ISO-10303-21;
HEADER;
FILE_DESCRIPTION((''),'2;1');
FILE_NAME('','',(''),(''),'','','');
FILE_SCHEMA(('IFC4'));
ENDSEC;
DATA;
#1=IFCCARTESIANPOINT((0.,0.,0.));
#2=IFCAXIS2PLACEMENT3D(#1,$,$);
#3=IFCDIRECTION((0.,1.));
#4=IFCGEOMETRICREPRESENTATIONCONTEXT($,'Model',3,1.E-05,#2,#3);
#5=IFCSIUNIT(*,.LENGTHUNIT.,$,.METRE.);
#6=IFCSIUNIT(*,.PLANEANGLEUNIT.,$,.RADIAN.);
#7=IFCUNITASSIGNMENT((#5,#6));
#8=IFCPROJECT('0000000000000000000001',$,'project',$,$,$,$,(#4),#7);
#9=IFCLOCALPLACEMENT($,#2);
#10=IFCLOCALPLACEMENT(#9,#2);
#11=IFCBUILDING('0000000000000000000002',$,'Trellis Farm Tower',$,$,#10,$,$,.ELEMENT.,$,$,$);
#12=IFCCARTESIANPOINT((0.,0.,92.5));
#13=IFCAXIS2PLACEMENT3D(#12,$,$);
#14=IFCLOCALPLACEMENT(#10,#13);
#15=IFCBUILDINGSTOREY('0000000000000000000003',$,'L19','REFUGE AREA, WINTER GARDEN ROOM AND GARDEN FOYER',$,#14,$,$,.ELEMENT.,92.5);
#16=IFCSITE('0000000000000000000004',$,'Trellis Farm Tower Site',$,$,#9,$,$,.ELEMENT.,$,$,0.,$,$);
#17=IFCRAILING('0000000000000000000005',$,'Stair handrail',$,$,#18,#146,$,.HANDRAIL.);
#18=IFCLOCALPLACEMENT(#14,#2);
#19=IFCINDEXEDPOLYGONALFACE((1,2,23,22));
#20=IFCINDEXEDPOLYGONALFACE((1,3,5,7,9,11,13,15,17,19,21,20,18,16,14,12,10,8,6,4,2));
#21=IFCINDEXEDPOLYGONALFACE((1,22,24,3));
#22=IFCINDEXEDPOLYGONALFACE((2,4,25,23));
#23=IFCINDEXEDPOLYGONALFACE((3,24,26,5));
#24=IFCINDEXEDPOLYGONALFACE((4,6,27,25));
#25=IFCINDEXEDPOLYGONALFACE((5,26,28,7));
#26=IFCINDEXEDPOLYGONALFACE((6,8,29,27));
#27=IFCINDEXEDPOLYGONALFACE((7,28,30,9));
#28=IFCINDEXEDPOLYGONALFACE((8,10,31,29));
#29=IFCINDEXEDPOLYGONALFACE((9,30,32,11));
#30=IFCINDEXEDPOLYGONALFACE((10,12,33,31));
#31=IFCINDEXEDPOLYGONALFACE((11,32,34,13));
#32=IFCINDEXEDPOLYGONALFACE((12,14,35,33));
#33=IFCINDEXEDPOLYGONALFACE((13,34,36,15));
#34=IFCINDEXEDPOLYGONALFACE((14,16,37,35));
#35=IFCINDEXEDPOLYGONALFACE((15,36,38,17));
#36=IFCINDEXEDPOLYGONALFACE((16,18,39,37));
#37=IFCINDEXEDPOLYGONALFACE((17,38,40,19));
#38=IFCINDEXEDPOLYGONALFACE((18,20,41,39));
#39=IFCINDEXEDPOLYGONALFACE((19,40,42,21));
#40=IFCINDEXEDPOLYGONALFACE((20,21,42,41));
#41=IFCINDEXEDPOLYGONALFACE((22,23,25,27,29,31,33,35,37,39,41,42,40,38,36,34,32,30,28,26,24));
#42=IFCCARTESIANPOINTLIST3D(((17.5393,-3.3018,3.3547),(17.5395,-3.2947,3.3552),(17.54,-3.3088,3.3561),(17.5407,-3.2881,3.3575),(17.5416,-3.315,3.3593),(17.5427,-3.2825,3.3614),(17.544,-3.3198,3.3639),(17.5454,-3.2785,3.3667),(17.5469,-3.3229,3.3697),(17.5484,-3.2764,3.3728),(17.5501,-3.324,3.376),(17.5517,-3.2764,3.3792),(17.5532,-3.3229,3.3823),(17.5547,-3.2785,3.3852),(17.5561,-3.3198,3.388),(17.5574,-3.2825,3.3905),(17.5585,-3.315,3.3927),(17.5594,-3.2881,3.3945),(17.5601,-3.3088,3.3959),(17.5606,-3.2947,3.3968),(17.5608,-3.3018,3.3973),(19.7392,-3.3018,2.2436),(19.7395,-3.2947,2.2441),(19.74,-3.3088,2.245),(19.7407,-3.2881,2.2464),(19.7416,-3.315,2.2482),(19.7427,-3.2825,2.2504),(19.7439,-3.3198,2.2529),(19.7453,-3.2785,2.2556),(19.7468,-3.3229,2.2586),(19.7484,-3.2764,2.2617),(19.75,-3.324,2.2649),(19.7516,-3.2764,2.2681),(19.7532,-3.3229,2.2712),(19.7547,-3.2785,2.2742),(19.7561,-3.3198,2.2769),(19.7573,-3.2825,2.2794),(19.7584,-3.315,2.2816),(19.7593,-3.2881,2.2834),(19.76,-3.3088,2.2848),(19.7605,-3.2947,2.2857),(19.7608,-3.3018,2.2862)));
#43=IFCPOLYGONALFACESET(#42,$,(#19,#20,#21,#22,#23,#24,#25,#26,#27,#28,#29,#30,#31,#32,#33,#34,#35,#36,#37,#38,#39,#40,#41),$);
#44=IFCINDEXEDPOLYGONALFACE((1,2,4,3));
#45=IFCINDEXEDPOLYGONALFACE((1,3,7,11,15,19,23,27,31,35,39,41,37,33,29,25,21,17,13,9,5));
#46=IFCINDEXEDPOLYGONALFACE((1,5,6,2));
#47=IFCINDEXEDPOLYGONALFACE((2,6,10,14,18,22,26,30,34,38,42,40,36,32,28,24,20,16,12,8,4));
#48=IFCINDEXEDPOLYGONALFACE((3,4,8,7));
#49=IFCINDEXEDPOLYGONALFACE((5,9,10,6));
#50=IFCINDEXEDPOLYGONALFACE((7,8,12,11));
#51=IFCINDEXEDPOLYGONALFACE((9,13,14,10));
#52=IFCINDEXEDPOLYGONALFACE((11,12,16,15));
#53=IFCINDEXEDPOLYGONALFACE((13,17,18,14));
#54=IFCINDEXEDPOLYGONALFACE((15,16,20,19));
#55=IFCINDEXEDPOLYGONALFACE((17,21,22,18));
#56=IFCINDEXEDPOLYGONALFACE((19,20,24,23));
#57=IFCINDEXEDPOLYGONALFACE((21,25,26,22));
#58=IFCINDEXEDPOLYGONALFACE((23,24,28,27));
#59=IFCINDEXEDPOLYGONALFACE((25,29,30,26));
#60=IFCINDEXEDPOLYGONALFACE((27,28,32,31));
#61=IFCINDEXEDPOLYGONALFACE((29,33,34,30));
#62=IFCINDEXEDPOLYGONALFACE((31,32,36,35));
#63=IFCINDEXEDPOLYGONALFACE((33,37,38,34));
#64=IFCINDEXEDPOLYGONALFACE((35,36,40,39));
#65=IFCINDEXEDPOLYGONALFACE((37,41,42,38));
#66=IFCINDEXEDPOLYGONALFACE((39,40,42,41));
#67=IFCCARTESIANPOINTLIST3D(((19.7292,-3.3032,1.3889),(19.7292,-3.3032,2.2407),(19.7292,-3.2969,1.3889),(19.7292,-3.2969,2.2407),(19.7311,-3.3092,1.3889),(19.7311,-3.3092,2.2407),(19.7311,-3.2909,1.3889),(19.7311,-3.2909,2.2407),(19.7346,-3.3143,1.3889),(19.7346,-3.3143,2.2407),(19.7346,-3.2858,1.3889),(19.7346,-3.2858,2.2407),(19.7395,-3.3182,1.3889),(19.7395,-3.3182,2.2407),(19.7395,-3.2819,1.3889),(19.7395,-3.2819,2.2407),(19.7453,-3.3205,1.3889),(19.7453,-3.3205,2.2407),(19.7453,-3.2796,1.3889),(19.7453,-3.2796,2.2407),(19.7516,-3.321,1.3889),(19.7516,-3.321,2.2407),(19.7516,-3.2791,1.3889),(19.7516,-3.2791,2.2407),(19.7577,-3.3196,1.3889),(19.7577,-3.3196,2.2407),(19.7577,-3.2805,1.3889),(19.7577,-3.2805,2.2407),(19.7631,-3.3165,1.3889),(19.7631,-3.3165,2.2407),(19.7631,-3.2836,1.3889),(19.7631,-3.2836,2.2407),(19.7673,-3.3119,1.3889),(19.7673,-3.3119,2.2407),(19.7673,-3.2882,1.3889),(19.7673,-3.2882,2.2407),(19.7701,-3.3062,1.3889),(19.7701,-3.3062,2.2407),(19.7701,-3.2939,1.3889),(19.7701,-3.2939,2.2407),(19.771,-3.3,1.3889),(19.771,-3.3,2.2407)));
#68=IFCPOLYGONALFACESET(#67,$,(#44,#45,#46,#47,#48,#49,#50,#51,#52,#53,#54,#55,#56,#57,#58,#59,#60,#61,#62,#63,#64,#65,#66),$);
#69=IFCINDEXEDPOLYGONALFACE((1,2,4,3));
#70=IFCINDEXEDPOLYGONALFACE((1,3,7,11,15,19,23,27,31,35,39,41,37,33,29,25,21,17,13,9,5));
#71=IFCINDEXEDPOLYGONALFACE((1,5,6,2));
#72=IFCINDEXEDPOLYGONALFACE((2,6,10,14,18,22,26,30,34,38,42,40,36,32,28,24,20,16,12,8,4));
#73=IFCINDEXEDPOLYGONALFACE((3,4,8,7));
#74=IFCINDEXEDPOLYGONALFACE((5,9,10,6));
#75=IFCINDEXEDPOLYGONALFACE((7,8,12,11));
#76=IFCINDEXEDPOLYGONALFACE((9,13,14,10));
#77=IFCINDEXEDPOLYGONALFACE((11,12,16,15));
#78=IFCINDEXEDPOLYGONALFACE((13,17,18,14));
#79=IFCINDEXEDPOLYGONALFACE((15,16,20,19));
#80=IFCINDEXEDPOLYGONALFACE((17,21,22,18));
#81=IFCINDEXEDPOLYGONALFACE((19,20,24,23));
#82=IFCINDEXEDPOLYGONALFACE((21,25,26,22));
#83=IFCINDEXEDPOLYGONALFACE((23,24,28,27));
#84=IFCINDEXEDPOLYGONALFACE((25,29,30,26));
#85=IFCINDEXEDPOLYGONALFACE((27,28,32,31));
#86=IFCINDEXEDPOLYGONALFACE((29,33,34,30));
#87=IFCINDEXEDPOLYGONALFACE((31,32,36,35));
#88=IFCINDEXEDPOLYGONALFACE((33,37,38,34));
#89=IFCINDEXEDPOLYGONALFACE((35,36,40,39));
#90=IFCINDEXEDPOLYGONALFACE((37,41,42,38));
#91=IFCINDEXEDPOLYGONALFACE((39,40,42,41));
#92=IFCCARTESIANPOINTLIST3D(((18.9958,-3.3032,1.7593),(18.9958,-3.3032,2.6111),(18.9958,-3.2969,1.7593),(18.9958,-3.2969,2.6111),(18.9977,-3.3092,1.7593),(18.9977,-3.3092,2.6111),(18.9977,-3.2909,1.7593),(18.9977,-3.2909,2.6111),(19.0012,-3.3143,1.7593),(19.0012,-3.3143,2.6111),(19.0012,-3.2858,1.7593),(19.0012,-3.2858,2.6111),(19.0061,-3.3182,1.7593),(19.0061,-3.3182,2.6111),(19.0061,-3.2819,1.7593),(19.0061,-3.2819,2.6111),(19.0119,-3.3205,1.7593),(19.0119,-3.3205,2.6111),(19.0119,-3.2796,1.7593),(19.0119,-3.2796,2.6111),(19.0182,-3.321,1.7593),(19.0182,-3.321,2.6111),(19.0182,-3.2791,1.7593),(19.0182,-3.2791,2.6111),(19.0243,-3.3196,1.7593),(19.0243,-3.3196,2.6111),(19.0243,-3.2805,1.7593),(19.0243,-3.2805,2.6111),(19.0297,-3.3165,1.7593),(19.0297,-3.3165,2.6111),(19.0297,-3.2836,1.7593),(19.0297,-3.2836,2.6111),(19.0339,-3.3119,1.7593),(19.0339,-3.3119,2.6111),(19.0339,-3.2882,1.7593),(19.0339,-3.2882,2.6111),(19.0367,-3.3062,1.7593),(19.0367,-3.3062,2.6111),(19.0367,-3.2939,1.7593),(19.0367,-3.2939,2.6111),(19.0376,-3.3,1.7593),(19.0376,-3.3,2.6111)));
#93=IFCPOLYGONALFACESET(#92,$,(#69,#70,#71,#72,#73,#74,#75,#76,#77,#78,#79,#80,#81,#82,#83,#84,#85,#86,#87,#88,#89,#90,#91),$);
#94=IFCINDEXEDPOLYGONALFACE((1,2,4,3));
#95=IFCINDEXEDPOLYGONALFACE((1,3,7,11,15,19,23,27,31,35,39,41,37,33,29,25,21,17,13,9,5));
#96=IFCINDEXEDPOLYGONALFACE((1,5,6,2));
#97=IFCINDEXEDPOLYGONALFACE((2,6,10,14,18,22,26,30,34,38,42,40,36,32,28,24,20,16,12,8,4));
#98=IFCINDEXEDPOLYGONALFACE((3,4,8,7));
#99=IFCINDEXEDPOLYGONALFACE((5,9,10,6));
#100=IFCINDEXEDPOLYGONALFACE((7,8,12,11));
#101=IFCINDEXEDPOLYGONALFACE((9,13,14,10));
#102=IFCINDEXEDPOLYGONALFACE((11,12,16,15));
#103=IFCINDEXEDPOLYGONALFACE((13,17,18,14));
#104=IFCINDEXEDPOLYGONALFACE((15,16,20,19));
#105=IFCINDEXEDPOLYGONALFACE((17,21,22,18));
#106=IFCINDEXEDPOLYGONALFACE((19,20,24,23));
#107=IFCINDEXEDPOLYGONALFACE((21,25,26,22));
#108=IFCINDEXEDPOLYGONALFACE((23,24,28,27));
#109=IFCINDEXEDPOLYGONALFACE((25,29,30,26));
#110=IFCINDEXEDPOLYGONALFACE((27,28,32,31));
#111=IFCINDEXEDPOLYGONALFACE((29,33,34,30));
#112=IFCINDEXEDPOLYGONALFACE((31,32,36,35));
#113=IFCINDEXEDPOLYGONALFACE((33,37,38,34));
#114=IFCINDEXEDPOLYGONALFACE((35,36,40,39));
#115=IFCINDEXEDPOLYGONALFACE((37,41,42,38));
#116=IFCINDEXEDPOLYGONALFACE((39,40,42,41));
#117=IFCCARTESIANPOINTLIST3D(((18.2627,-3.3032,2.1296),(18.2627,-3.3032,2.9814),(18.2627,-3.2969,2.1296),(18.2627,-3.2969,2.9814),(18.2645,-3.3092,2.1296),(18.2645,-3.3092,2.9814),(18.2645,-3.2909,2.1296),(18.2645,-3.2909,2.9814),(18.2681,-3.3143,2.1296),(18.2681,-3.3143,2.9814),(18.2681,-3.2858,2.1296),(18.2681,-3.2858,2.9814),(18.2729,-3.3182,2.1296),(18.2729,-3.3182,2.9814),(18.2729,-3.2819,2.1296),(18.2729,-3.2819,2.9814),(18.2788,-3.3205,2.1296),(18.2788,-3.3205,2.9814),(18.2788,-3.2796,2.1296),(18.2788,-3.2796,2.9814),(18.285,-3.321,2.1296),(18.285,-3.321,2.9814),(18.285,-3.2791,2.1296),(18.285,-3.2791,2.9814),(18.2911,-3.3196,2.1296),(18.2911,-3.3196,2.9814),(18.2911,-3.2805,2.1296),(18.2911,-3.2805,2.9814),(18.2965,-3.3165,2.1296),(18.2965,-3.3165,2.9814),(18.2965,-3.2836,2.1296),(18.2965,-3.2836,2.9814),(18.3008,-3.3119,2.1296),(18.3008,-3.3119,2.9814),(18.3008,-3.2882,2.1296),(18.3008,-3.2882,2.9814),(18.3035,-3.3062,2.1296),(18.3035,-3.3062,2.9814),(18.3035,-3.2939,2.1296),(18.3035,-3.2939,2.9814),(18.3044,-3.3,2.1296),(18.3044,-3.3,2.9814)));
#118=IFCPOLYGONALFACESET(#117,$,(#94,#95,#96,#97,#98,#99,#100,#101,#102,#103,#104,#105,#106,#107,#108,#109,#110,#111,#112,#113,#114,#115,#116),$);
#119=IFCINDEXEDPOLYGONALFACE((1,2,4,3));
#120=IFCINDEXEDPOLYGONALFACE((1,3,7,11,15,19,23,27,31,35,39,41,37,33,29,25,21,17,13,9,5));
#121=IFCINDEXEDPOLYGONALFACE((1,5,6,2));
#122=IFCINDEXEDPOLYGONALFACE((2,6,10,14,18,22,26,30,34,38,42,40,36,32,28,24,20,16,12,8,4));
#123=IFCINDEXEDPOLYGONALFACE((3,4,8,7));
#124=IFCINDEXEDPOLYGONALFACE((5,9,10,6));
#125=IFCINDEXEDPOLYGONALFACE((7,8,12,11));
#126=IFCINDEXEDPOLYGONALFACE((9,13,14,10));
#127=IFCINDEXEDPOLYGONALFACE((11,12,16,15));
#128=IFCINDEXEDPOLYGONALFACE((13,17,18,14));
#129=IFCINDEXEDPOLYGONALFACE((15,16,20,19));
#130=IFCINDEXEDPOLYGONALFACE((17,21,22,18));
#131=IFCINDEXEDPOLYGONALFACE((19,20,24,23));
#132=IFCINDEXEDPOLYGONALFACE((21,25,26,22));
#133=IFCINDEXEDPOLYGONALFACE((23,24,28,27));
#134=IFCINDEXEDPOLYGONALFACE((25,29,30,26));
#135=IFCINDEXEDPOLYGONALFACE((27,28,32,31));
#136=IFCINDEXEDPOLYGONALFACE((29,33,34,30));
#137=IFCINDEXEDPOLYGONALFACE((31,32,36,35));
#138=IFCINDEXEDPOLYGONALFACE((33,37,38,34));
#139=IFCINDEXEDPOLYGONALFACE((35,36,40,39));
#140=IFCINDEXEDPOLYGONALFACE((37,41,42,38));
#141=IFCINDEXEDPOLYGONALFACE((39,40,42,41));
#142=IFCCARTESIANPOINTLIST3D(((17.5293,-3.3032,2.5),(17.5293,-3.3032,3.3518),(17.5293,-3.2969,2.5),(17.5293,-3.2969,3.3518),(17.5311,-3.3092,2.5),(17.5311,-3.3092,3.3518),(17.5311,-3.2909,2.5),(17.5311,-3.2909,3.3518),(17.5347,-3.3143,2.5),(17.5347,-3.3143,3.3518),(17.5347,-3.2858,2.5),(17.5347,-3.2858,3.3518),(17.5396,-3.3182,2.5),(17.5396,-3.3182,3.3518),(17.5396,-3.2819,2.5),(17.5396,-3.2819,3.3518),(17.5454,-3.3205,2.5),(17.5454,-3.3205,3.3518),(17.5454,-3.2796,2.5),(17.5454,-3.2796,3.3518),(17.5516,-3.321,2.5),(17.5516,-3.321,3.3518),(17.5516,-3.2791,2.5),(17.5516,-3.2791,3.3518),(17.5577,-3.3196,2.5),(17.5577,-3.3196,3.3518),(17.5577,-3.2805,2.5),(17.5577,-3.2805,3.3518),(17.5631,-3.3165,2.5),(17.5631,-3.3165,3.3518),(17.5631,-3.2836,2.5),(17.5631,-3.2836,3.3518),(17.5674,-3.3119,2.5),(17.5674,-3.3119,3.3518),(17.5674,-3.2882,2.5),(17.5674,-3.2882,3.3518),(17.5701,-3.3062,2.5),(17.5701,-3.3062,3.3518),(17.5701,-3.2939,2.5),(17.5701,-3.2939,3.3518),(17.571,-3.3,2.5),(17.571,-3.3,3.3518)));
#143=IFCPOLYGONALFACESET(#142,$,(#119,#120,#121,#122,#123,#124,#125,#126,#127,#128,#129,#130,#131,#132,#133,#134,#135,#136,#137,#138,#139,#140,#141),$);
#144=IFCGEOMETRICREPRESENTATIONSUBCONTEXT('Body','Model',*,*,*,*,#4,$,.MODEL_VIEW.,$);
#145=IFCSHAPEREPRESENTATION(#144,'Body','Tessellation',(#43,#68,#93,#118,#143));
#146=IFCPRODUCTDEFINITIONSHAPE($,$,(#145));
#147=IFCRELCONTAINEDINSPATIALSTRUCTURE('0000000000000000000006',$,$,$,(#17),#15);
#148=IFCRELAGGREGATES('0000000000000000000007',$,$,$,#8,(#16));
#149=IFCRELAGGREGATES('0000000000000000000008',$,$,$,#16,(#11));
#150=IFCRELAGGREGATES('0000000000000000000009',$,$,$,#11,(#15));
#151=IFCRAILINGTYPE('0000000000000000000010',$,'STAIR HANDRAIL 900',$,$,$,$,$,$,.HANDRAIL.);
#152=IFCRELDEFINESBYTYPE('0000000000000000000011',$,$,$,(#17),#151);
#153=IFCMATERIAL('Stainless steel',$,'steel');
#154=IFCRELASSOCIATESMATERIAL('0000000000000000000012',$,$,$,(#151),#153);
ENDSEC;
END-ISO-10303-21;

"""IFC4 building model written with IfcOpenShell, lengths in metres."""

from ifc_helpers import new_model, si_unit, direction, frame, origin, origin_2d, place, context, subcontext, project, spatial, circle, extrude, source, transform, mapped, material, type_object, element, save


model = new_model("IFC4")

# Units and contexts
model_context = context("Model", 3, precision=1e-05, world=origin(), true_north=direction((0.0, 1.0)))
body_context = subcontext(model_context, "Body", "Model", "MODEL_VIEW")
ifc_project = project(units=[si_unit("LENGTHUNIT", "METRE"), si_unit("PLANEANGLEUNIT", "RADIAN")], contexts=[model_context])

# Site, building, storey
site_placement = place(None, origin())
site = spatial("IfcSite", under=ifc_project, at=site_placement, Name="Trellis Farm Tower Site", CompositionType="ELEMENT", RefElevation=0.0)
building_placement = place(site_placement, origin())
building = spatial("IfcBuilding", under=site, at=building_placement, Name="Trellis Farm Tower", CompositionType="ELEMENT")
storey_placement = place(building_placement, frame((0.0, 0.0, 92.5)))
storey = spatial("IfcBuildingStorey", under=building, at=storey_placement, Name="L19", Description="REFUGE AREA, WINTER GARDEN ROOM AND GARDEN FOYER", CompositionType="ELEMENT", Elevation=92.5)

# Shared definitions
ifc_material_1 = material(Name="Stainless steel", Category="steel")

# Railing
railing_type = type_object("IfcRailingType", Name="STAIR HANDRAIL 900", PredefinedType="HANDRAIL", material=ifc_material_1)
shared_shape_1 = source(origin(), body_context, "Body", "SweptSolid", [
    extrude(circle(Radius=0.0239, at=origin_2d()), frame((0.0, 0.0, 0.876), z_axis=(-0.892617, 0.0, 0.450816), x_axis=(0.0, -1.0, 0.0)), (0.0, 0.0, 1.0), 2.4646),
    extrude(circle(Radius=0.021, at=origin_2d()), origin(), (0.0, 0.0, 1.0), 0.8518),
    extrude(circle(Radius=0.021, at=origin_2d()), frame((-0.7334, 0.0, 0.3704)), (0.0, 0.0, 1.0), 0.8518),
    extrude(circle(Radius=0.021, at=origin_2d()), frame((-1.4666, 0.0, 0.7407)), (0.0, 0.0, 1.0), 0.8518),
    extrude(circle(Radius=0.021, at=origin_2d()), frame((-2.2, 0.0, 1.1111)), (0.0, 0.0, 1.0), 0.8518),
])
for number, where, name in (
    (1, (19.75, -3.3, 1.3889), "Stair handrail"),
):
    element("IfcRailing", number, at=place(storey_placement, frame(where)), inside=storey, type_object=railing_type, Name=name, PredefinedType="HANDRAIL", context=body_context, shape_type="MappedRepresentation", body=[
        mapped(shared_shape_1, transform((0.0, 0.0, 0.0))),
    ])

save(model, "model.ifc")
